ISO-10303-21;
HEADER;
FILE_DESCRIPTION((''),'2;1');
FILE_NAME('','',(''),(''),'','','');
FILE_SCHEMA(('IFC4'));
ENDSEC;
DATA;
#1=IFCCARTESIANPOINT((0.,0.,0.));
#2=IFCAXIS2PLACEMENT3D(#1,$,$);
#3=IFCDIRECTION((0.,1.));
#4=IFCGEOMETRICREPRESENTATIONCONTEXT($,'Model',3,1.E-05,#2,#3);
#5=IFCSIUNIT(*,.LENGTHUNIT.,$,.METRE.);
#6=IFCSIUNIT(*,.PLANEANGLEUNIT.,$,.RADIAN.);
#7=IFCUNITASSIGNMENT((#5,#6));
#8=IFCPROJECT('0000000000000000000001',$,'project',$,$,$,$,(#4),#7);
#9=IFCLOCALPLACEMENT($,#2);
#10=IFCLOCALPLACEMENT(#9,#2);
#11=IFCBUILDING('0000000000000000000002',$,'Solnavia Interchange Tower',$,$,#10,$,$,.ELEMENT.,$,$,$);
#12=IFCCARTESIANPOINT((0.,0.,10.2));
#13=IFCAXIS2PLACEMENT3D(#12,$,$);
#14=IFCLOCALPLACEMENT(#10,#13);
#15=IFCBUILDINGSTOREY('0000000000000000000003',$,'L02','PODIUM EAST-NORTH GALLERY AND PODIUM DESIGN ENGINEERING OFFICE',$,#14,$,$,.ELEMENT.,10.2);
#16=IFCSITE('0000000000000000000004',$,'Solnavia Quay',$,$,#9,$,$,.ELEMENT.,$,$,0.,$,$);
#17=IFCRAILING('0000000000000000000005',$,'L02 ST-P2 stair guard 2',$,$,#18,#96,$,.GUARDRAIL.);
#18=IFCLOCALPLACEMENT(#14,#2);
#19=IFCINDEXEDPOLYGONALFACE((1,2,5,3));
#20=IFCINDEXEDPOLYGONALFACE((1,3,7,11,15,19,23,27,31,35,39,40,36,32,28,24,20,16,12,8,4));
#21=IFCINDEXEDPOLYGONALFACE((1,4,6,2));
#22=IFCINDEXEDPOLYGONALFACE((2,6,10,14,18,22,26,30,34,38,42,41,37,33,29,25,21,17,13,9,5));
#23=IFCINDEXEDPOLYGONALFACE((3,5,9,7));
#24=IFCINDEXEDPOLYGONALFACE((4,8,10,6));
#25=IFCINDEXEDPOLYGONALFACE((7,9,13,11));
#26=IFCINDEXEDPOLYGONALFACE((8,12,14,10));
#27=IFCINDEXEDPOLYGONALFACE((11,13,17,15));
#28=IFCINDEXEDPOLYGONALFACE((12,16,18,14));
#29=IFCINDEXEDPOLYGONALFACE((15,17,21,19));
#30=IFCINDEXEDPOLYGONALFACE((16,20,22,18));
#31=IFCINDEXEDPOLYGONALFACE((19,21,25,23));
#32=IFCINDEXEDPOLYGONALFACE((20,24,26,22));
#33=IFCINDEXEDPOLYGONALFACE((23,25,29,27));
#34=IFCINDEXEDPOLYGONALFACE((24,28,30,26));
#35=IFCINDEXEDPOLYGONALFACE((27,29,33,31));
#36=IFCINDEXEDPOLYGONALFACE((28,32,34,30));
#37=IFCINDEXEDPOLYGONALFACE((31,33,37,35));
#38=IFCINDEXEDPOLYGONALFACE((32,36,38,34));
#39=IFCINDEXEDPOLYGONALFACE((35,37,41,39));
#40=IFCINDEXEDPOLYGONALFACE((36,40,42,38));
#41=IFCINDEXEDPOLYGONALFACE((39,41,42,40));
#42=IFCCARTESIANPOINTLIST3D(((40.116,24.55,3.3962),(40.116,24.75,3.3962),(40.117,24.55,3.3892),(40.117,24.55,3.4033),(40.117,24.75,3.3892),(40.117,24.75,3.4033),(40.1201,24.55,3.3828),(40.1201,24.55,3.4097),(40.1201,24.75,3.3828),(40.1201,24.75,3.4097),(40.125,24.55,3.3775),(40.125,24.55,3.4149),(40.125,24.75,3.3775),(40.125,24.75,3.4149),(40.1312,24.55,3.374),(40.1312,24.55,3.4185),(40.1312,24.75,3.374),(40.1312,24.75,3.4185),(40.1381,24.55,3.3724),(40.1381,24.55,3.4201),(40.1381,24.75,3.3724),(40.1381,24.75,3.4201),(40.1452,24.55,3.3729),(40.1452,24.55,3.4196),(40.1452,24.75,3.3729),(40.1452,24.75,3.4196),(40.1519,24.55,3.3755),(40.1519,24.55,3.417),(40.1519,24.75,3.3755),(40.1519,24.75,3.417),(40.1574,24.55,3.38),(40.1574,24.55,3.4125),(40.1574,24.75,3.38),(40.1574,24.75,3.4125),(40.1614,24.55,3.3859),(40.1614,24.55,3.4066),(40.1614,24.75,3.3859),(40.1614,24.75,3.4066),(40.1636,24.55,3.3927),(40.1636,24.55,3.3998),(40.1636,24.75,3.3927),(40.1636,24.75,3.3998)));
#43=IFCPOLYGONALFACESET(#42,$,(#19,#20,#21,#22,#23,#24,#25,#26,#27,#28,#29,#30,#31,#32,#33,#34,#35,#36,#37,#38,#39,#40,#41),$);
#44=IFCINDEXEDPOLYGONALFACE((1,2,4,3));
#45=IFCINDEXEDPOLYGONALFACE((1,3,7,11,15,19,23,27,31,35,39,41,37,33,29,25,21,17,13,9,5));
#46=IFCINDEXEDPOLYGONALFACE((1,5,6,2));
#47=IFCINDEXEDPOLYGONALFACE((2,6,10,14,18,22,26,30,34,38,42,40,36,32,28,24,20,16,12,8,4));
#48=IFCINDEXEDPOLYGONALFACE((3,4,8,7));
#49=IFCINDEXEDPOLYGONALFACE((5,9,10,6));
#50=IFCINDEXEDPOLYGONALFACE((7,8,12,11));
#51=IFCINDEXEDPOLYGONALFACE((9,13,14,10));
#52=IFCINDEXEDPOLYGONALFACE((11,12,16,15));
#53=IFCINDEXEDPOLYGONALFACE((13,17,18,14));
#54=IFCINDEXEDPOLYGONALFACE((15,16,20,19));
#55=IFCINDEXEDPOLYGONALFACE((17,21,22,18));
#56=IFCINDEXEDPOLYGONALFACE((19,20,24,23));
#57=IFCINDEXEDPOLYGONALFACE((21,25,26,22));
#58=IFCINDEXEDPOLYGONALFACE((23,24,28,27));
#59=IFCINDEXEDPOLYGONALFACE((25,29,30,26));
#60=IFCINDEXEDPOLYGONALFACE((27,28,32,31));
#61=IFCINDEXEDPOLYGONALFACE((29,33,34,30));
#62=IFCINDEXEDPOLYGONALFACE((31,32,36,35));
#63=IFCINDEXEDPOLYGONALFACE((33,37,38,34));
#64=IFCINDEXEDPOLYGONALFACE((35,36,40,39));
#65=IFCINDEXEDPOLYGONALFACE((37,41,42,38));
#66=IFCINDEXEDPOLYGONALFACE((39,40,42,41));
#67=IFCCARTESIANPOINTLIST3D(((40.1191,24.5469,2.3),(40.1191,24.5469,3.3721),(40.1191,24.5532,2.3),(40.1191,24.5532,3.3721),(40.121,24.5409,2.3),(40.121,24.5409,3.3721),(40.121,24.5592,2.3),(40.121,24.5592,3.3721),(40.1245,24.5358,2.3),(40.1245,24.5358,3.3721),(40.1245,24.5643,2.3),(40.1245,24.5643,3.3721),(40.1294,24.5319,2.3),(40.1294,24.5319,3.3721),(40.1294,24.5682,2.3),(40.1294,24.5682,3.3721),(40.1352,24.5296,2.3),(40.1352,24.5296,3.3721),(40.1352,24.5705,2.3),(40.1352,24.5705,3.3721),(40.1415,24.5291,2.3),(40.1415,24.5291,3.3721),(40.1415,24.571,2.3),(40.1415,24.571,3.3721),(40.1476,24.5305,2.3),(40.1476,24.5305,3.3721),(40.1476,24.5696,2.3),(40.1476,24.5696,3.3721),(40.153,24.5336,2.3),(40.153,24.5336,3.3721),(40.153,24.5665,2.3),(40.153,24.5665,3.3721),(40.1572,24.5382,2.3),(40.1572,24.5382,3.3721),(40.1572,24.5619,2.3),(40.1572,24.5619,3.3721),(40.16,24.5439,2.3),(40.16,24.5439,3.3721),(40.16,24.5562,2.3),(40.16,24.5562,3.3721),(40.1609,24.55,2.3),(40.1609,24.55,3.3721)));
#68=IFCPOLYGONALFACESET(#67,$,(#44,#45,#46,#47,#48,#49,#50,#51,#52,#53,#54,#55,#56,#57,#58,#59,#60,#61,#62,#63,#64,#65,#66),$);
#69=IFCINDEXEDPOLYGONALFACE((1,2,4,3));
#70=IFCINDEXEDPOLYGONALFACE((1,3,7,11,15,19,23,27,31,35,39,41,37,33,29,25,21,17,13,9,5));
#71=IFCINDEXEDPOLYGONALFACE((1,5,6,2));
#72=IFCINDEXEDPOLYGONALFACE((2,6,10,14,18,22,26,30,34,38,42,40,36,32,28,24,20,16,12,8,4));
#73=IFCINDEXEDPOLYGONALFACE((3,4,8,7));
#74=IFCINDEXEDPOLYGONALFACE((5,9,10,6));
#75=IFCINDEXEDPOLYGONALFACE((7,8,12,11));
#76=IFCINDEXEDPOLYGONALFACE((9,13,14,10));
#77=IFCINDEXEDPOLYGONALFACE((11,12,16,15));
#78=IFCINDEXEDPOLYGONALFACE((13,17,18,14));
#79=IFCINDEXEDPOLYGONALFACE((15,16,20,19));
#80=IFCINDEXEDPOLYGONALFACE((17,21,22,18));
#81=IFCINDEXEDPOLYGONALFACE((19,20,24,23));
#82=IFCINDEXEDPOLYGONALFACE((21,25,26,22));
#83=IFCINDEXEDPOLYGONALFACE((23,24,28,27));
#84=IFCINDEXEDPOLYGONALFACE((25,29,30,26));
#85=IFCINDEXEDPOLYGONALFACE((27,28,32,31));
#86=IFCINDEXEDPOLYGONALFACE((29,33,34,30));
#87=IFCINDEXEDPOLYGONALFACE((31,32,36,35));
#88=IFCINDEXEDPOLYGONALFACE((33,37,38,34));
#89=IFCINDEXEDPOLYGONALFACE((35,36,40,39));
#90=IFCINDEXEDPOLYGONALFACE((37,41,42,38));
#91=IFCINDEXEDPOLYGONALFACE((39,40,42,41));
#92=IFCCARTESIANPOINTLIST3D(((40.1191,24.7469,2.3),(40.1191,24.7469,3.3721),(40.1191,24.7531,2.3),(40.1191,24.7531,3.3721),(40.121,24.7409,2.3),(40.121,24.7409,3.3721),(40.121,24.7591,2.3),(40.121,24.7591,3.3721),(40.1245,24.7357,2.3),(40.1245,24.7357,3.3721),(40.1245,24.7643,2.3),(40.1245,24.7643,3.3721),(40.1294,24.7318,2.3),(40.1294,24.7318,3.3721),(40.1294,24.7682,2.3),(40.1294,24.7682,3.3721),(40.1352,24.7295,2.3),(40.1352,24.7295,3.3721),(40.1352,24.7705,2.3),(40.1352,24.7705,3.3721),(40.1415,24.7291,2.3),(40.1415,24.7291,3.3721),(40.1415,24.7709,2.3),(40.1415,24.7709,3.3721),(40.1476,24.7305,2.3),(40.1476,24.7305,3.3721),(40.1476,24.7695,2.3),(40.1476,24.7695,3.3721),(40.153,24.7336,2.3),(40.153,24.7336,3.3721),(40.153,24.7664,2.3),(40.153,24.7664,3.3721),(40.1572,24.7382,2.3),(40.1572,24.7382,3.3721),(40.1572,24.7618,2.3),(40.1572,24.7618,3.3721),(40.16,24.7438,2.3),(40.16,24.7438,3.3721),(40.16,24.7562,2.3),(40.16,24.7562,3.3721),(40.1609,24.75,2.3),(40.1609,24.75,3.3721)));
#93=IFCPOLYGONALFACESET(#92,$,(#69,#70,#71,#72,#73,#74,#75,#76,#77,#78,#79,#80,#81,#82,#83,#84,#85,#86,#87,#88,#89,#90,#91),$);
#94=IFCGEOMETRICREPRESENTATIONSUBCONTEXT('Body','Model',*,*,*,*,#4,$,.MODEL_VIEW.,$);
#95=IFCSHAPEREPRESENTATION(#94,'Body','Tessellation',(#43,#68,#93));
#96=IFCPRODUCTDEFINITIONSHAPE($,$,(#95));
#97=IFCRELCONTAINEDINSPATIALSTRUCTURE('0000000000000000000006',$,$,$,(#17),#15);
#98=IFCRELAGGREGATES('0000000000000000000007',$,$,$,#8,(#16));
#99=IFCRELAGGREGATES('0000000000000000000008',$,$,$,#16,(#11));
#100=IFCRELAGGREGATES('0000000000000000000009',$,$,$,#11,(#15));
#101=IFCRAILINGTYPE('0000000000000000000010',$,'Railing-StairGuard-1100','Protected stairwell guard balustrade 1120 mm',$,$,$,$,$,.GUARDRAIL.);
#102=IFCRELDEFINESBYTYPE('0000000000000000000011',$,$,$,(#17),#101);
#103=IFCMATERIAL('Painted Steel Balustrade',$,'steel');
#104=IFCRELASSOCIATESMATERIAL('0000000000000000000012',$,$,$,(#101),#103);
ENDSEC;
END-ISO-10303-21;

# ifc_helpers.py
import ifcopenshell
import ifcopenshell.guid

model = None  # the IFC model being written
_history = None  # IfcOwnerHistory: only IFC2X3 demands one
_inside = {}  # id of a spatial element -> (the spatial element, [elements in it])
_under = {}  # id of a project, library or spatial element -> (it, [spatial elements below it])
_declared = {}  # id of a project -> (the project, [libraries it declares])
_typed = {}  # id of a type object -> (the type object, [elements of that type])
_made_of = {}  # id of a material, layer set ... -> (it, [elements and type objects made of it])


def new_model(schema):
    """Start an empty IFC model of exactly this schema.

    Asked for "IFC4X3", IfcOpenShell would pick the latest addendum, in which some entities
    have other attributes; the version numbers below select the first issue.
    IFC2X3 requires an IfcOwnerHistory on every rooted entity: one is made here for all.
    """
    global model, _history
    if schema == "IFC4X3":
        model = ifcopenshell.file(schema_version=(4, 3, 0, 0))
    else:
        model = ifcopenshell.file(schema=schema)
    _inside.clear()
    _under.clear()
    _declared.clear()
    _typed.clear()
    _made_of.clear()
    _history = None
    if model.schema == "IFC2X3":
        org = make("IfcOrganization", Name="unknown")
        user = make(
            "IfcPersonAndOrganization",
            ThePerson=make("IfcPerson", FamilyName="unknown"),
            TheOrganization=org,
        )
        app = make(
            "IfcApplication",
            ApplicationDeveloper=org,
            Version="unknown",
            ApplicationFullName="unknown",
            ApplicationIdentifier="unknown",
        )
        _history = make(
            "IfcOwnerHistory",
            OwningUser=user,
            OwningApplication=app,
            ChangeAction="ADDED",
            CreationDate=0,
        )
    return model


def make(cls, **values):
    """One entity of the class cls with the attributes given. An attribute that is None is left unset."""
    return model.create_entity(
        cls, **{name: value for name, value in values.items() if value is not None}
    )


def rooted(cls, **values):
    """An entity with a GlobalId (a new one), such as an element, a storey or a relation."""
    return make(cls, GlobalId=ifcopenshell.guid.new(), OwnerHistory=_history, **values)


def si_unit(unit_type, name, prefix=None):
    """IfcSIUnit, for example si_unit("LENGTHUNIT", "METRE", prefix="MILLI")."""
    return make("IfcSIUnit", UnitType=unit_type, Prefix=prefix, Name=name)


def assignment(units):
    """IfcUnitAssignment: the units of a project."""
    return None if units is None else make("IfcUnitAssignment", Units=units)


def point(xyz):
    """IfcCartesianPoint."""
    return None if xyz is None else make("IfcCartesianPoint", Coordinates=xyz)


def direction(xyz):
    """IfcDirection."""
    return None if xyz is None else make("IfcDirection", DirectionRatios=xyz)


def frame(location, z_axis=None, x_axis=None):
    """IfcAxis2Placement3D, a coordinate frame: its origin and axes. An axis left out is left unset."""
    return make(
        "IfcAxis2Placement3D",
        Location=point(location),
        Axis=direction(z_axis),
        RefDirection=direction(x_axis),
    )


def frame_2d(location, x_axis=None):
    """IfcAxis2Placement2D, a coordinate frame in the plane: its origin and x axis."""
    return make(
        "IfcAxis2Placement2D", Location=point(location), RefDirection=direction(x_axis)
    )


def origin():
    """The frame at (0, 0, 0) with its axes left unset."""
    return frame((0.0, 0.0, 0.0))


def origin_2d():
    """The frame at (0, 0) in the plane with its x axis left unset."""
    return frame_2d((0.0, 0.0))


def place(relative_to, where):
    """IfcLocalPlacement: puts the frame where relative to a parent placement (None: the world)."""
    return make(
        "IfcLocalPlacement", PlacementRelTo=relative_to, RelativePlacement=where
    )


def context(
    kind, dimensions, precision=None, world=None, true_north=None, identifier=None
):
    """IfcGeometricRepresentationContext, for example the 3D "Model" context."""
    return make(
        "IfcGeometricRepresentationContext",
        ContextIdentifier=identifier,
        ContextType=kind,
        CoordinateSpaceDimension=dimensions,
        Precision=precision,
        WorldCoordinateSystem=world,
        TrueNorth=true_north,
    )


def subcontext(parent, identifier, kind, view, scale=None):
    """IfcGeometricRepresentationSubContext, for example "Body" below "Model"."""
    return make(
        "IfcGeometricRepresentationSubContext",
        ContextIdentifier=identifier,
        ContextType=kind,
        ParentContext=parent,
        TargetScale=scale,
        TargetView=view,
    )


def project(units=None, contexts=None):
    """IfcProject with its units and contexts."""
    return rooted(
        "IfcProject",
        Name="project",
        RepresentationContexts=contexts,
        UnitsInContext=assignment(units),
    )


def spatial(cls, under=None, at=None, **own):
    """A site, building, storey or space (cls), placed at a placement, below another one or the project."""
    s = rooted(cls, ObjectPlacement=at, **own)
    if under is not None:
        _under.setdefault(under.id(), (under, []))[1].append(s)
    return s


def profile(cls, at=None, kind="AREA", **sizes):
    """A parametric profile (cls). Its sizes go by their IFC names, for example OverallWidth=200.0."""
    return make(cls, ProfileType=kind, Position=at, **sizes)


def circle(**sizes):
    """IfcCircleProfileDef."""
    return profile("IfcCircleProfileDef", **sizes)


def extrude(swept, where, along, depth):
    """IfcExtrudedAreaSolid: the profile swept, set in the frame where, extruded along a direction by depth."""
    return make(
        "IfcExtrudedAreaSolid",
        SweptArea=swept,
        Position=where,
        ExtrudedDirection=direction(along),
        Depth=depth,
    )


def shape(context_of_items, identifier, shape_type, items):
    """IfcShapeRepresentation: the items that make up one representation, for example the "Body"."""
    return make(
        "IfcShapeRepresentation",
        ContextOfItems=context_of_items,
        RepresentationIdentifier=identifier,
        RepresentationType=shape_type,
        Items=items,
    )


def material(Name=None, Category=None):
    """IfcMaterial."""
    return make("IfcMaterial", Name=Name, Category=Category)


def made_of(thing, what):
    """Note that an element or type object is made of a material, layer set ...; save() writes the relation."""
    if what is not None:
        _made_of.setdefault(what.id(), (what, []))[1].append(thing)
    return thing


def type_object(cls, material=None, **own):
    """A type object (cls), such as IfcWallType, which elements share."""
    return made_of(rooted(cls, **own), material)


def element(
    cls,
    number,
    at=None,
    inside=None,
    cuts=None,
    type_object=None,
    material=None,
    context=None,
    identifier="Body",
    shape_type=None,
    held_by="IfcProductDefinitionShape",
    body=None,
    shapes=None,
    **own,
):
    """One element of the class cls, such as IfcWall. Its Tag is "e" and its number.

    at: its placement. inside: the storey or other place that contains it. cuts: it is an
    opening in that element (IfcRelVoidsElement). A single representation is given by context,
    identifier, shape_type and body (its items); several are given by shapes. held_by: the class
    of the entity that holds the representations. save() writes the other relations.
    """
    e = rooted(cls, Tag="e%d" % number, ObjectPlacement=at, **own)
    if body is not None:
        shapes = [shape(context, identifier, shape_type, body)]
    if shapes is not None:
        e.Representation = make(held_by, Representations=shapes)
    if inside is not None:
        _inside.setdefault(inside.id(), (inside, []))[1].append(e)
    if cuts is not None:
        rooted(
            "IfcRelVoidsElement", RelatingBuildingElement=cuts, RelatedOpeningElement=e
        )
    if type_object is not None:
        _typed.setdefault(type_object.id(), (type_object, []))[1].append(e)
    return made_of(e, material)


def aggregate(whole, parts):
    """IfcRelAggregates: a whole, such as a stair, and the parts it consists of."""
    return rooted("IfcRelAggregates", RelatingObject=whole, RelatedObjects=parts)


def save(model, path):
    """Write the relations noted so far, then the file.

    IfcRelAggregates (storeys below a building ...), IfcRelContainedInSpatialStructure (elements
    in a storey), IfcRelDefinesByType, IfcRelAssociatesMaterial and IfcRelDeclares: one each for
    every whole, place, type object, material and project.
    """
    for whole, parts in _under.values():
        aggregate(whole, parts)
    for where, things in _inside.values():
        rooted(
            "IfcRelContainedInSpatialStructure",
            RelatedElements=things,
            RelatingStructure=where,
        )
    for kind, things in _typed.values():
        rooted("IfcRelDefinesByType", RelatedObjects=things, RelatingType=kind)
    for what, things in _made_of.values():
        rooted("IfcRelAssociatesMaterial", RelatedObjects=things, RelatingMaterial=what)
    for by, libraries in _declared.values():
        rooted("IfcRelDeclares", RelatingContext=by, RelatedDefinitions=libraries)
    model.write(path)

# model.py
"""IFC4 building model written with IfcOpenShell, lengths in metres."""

from ifc_helpers import new_model, si_unit, direction, frame, origin, origin_2d, place, context, subcontext, project, spatial, circle, extrude, material, type_object, element, save


model = new_model("IFC4")

# Units and contexts
model_context = context("Model", 3, precision=1e-05, world=origin(), true_north=direction((0.0, 1.0)))
body_context = subcontext(model_context, "Body", "Model", "MODEL_VIEW")
ifc_project = project(units=[si_unit("LENGTHUNIT", "METRE"), si_unit("PLANEANGLEUNIT", "RADIAN")], contexts=[model_context])

# Site, building, storey
site_placement = place(None, origin())
site = spatial("IfcSite", under=ifc_project, at=site_placement, Name="Solnavia Quay", CompositionType="ELEMENT", RefElevation=0.0)
building_placement = place(site_placement, origin())
building = spatial("IfcBuilding", under=site, at=building_placement, Name="Solnavia Interchange Tower", CompositionType="ELEMENT")
storey_placement = place(building_placement, frame((0.0, 0.0, 10.2)))
storey = spatial("IfcBuildingStorey", under=building, at=storey_placement, Name="L02", Description="PODIUM EAST-NORTH GALLERY AND PODIUM DESIGN ENGINEERING OFFICE", CompositionType="ELEMENT", Elevation=10.2)

# Railing
ifc_material_1 = material(Name="Painted Steel Balustrade", Category="steel")
railing_type_1 = type_object("IfcRailingType", Name="Railing-StairGuard-1100", Description="Protected stairwell guard balustrade 1120 mm", PredefinedType="GUARDRAIL", material=ifc_material_1)
railing_1_placement = place(storey_placement, frame((40.1399, 24.55, 2.3)))
element("IfcRailing", 1, at=railing_1_placement, inside=storey, type_object=railing_type_1, Name="L02 ST-P2 stair guard 2", PredefinedType="GUARDRAIL", context=body_context, shape_type="SweptSolid", body=[
    extrude(circle(Radius=0.0239, at=origin_2d()), frame((0.0, 0.0, 1.0962), z_axis=(0.0, 1.0, 0.0), x_axis=(-1.0, 0.0, 0.0)), (0.0, 0.0, 1.0), 0.2),
    extrude(circle(Radius=0.021, at=origin_2d()), origin(), (0.0, 0.0, 1.0), 1.072),
    extrude(circle(Radius=0.021, at=origin_2d()), frame((0.0, 0.2, 0.0)), (0.0, 0.0, 1.0), 1.072),
])

save(model, "model.ifc")
